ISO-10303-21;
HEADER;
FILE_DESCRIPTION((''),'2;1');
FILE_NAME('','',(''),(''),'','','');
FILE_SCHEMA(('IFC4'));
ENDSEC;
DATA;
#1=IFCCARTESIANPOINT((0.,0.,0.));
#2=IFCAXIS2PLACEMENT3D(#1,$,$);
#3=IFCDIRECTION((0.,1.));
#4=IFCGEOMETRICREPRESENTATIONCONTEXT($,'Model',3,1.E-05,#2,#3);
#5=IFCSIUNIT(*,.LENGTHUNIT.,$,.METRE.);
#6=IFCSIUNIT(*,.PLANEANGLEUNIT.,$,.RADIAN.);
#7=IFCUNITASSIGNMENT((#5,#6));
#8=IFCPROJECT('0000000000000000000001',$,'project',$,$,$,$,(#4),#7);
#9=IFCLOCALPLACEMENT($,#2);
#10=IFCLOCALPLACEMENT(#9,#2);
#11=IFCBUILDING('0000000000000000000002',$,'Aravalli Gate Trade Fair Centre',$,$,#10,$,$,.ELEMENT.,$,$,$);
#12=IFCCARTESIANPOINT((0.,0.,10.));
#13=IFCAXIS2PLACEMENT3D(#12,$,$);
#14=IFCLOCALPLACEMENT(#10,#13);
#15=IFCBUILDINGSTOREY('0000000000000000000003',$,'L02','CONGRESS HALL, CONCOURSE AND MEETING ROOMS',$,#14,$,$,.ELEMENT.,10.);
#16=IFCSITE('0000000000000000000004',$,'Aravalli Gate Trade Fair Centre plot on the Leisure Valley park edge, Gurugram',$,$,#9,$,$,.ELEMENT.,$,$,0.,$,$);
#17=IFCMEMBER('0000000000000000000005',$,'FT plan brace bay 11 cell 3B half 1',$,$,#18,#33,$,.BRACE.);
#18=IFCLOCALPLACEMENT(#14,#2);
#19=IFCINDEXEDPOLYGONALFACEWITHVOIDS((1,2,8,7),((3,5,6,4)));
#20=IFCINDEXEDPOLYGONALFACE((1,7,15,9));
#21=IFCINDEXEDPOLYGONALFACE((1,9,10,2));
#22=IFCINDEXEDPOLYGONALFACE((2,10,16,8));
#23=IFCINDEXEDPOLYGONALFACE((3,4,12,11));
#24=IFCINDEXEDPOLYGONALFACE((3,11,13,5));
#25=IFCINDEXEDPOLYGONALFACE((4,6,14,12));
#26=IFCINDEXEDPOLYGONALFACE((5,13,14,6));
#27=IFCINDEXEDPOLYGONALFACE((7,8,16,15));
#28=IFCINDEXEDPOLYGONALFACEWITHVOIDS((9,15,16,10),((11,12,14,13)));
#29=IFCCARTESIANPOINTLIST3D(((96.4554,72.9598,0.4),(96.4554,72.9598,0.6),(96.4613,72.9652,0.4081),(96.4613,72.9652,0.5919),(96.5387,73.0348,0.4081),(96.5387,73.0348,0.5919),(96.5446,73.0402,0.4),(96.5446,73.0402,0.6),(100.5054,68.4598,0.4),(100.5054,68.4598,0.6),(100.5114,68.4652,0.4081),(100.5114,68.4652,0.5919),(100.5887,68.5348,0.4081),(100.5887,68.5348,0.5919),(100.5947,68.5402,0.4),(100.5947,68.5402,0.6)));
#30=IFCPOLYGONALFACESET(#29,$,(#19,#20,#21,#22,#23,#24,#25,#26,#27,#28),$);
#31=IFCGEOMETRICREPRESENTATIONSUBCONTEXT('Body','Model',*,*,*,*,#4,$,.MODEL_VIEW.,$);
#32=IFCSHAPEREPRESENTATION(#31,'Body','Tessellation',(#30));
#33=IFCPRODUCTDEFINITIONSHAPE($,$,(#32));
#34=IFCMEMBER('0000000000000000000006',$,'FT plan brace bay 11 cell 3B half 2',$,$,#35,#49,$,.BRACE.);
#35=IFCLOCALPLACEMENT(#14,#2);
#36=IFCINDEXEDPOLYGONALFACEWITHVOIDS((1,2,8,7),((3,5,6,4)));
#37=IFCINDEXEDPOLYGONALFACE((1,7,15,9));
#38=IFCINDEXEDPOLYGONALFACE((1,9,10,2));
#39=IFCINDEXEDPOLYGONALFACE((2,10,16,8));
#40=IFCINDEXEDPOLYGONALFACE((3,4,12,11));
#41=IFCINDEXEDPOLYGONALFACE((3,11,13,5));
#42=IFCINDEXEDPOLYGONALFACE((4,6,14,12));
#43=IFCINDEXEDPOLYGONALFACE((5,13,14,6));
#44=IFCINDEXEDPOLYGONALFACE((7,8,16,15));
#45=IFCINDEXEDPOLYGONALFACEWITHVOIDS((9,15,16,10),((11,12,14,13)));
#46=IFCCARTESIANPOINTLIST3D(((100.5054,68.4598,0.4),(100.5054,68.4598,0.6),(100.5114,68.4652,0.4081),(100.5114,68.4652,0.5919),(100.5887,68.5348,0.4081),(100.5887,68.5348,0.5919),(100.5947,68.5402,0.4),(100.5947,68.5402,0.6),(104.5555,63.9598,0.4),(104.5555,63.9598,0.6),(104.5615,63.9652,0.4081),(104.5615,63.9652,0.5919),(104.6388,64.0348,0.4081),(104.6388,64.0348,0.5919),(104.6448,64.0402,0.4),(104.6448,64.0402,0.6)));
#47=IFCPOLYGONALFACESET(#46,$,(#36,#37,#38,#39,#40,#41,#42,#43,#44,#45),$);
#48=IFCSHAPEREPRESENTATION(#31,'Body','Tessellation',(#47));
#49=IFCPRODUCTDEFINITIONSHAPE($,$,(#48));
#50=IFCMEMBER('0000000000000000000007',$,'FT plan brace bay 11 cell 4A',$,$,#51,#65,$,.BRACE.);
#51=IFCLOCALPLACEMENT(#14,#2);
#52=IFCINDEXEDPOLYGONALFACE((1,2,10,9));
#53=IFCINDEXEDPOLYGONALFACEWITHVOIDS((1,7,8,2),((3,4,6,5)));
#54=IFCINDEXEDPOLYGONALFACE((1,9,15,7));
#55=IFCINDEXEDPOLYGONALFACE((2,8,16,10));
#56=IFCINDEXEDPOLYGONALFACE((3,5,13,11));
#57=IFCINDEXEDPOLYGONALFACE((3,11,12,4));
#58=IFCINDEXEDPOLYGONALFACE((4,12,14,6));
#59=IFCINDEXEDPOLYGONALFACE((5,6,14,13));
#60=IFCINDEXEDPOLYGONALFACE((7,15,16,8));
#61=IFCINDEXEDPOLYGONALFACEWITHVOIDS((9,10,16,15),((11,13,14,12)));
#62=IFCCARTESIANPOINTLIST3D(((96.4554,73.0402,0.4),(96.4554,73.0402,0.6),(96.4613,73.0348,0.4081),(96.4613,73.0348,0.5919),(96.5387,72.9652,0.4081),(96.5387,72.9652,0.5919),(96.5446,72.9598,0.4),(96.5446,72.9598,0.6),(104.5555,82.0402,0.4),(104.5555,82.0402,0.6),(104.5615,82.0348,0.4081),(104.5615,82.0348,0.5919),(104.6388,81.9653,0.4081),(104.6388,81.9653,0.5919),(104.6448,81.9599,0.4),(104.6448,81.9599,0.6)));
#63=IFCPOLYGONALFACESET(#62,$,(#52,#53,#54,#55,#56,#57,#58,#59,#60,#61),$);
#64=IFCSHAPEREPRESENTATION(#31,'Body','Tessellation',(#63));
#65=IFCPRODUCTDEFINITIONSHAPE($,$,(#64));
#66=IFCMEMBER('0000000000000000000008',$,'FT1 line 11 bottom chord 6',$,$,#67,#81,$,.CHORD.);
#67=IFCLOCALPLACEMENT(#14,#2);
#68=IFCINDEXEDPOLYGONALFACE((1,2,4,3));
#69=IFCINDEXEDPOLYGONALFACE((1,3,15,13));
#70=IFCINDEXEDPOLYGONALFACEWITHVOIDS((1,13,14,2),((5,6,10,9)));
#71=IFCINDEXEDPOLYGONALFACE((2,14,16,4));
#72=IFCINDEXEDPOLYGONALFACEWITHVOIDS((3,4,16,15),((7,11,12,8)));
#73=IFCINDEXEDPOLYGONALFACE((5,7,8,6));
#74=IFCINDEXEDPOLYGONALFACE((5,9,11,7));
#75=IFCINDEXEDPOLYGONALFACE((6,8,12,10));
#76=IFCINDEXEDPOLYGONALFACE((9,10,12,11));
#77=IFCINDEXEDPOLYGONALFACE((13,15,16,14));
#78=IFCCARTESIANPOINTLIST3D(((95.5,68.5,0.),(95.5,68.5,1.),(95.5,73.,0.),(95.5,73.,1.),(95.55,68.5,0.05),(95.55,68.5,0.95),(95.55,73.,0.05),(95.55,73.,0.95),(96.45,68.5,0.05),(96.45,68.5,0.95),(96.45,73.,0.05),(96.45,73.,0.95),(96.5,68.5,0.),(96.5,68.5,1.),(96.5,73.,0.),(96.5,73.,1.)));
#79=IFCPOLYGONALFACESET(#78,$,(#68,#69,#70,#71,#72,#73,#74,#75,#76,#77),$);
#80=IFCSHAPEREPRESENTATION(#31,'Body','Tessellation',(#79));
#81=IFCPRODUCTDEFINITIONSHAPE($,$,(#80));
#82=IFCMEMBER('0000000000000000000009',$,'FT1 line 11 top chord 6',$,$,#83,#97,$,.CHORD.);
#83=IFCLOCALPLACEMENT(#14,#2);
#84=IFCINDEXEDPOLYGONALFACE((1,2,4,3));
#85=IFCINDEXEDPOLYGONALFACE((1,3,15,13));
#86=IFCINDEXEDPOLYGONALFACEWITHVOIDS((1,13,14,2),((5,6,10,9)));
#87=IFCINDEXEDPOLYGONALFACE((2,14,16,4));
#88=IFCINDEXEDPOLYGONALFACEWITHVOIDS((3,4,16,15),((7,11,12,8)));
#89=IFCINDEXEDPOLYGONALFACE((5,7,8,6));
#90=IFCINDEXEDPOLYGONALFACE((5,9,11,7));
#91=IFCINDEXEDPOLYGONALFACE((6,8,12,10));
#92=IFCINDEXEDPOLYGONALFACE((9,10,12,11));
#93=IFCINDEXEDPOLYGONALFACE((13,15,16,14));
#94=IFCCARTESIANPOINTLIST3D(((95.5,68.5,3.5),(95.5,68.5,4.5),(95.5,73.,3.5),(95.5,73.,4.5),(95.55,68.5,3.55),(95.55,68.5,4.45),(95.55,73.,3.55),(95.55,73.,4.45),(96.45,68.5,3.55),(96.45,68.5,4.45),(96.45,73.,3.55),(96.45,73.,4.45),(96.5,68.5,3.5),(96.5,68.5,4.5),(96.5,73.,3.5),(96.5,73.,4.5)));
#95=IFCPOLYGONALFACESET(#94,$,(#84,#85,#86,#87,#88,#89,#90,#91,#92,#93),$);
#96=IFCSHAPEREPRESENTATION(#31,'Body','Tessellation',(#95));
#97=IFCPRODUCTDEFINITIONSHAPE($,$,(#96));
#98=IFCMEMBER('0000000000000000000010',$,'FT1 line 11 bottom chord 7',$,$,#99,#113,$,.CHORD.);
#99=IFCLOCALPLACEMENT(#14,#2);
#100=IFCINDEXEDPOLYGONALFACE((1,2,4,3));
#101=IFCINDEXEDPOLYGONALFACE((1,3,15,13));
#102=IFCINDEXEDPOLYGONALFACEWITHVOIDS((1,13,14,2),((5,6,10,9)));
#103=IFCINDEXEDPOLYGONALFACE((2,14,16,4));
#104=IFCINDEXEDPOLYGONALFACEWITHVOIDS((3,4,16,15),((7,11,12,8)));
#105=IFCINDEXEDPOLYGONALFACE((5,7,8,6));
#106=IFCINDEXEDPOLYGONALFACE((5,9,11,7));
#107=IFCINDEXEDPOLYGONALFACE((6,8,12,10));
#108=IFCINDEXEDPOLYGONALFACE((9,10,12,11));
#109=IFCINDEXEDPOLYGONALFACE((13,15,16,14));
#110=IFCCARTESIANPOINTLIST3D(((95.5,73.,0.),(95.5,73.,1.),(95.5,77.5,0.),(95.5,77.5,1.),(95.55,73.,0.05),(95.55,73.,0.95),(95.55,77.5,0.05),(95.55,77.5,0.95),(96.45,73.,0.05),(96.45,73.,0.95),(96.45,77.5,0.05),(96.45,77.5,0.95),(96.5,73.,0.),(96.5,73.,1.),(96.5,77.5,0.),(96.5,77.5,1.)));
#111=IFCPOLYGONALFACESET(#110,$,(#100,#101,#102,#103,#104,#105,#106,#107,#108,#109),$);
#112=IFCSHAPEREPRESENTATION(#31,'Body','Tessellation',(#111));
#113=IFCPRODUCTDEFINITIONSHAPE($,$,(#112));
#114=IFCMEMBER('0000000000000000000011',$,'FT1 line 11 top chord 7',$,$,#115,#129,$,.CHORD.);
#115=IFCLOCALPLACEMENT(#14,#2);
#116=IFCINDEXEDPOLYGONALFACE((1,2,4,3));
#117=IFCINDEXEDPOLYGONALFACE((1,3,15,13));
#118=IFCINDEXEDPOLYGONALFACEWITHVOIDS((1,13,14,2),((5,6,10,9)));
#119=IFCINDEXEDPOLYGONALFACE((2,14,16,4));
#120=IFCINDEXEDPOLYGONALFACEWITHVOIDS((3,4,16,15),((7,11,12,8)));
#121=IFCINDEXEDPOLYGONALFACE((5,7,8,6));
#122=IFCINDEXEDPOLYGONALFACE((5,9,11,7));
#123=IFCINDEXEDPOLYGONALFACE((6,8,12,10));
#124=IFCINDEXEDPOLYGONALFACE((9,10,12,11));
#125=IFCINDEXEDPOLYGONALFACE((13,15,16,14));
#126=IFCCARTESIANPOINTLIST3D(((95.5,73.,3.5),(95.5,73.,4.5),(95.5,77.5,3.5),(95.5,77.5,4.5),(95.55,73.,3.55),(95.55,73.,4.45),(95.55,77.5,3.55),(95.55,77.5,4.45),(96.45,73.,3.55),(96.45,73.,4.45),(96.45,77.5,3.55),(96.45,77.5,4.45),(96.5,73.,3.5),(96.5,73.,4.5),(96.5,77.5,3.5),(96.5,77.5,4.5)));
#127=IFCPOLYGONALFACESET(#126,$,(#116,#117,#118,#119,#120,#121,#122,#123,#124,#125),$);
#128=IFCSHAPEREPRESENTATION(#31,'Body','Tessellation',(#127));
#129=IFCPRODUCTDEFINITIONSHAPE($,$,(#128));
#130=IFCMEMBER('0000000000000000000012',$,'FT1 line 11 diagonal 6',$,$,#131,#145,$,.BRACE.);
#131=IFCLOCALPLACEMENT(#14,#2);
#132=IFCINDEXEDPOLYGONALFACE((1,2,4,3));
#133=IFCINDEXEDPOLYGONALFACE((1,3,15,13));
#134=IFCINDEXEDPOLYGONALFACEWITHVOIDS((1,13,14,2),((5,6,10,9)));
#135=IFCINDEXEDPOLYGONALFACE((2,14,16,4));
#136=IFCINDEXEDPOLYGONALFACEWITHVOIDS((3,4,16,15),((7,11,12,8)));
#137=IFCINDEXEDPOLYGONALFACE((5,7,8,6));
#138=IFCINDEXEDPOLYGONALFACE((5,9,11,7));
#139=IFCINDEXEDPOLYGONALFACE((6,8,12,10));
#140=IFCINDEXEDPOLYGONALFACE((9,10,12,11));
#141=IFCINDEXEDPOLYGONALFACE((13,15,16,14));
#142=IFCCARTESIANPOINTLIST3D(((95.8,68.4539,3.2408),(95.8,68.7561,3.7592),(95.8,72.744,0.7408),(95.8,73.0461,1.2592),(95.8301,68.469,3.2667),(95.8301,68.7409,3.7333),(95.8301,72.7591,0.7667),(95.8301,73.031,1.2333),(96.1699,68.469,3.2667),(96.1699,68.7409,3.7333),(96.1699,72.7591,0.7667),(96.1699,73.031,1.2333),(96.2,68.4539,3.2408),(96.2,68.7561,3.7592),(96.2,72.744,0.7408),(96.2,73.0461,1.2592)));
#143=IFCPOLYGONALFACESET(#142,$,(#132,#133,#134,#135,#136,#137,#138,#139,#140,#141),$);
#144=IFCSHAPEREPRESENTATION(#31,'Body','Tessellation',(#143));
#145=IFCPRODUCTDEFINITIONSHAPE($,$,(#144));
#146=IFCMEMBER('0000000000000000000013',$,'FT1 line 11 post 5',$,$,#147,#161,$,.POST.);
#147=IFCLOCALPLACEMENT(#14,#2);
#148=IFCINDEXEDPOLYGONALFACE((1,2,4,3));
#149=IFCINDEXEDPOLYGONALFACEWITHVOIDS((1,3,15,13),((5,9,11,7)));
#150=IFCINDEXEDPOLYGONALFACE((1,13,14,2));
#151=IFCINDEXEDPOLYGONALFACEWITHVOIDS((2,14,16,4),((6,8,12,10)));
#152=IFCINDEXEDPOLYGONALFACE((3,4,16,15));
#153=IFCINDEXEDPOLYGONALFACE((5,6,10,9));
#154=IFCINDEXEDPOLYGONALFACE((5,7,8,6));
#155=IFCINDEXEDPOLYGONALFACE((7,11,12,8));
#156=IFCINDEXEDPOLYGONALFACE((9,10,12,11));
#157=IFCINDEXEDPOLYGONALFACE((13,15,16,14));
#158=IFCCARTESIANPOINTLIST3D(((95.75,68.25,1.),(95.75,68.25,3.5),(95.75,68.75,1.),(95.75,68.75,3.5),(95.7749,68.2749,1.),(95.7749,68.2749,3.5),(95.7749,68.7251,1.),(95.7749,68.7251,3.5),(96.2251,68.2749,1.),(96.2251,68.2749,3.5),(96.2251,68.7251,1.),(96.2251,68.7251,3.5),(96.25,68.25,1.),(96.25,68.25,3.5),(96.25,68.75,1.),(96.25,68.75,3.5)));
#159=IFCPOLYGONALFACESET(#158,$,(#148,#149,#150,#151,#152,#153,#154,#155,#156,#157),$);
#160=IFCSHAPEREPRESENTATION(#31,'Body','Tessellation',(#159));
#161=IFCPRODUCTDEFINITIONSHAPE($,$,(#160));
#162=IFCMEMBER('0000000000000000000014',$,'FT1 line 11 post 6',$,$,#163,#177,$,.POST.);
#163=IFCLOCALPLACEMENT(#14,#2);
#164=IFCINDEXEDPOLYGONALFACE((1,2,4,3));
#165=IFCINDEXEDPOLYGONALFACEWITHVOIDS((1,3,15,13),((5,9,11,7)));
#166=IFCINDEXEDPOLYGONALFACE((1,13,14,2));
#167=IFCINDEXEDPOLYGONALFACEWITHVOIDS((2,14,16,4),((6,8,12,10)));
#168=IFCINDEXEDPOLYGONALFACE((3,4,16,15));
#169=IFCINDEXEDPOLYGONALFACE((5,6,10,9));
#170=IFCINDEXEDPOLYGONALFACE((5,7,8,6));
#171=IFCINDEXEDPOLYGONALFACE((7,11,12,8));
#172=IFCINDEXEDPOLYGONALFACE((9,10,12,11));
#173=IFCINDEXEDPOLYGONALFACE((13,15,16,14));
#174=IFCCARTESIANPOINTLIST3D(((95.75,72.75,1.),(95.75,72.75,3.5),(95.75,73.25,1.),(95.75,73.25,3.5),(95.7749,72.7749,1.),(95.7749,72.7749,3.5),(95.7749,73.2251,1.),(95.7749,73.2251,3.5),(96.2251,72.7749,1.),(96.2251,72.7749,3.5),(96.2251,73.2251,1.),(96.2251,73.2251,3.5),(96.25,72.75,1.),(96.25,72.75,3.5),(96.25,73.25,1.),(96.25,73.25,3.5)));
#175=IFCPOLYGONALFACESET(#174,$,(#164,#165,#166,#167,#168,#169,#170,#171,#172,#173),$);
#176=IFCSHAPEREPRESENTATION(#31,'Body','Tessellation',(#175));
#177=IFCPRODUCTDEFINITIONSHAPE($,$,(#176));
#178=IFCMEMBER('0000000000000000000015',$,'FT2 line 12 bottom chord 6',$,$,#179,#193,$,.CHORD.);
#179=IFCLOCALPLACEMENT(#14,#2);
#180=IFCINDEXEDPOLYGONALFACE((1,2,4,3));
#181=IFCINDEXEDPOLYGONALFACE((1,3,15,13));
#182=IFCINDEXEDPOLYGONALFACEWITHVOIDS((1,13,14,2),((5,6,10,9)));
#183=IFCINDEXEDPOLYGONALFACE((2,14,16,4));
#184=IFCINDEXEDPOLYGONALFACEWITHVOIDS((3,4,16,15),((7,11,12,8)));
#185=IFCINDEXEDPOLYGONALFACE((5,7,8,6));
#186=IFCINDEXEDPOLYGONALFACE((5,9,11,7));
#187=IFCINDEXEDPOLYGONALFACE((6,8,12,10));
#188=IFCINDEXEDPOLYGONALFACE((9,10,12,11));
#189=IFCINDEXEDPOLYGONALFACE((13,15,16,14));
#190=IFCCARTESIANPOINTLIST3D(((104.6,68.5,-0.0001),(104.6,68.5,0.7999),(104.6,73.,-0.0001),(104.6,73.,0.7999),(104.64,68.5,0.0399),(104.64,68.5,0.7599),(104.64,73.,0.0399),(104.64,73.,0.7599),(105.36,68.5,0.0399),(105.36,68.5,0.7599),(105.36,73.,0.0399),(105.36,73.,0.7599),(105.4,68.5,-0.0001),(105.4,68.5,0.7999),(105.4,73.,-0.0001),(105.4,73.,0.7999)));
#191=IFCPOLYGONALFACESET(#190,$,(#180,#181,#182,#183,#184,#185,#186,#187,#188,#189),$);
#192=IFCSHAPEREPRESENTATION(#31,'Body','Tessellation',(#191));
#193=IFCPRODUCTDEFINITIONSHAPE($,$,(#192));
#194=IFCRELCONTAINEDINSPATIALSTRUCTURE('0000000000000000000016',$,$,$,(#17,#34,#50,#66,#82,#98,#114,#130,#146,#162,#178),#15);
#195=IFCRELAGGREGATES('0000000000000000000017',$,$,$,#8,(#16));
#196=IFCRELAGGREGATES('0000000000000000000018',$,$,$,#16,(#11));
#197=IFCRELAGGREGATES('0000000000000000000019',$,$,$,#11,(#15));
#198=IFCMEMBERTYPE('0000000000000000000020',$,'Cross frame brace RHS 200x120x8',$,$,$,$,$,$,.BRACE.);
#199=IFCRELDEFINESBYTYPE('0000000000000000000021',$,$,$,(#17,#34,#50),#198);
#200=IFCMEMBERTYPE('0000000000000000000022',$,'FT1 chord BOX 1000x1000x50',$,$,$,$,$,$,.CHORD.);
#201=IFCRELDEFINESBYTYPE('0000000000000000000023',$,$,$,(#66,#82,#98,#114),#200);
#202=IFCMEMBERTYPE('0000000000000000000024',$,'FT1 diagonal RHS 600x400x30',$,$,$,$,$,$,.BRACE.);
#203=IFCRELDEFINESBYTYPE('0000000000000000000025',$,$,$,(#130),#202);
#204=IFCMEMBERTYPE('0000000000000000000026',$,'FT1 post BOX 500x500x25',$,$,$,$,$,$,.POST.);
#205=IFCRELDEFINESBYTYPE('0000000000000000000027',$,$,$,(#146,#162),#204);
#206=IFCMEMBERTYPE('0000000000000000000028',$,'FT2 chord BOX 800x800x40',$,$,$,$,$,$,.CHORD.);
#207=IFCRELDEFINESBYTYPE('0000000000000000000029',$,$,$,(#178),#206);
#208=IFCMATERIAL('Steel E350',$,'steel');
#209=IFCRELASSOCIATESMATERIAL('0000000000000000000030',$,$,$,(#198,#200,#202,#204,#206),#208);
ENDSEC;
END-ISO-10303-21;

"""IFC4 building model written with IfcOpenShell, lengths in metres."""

from ifc_helpers import new_model, si_unit, direction, frame, origin, origin_2d, place, context, subcontext, project, spatial, hollow_rectangle, extrude, material, material_profile, profile_set, type_object, element, save


model = new_model("IFC4")

# Units and contexts
model_context = context("Model", 3, precision=1e-05, world=origin(), true_north=direction((0.0, 1.0)))
body_context = subcontext(model_context, "Body", "Model", "MODEL_VIEW")
ifc_project = project(units=[si_unit("LENGTHUNIT", "METRE"), si_unit("PLANEANGLEUNIT", "RADIAN")], contexts=[model_context])

# Site, building, storey
site_placement = place(None, origin())
site = spatial("IfcSite", under=ifc_project, at=site_placement, Name="Aravalli Gate Trade Fair Centre plot on the Leisure Valley park edge, Gurugram", CompositionType="ELEMENT", RefElevation=0.0)
building_placement = place(site_placement, origin())
building = spatial("IfcBuilding", under=site, at=building_placement, Name="Aravalli Gate Trade Fair Centre", CompositionType="ELEMENT")
storey_placement = place(building_placement, frame((0.0, 0.0, 10.0)))
storey = spatial("IfcBuildingStorey", under=building, at=storey_placement, Name="L02", Description="CONGRESS HALL, CONCOURSE AND MEETING ROOMS", CompositionType="ELEMENT", Elevation=10.0)

# Members
ifc_material_1 = material(Name="Steel E350", Category="steel")
ifc_material_profile_1 = material_profile(ifc_material_1, hollow_rectangle(XDim=0.1201, YDim=0.2, WallThickness=0.0081, at=origin_2d()), Name="RHS 200x120x8")
ifc_profile_set_1 = profile_set([ifc_material_profile_1], Name="Steel E350")
member_type_1 = type_object("IfcMemberType", Name="Cross frame brace RHS 200x120x8", PredefinedType="BRACE", material=ifc_profile_set_1)
for number, where, z_axis, x_axis, name in (
    (1, (96.5, 73.0, 0.5), (0.668969, -0.74329, 0.0), (0.74329, 0.668969, 0.0), "FT plan brace bay 11 cell 3B half 1"),
    (2, (100.55, 68.5, 0.5), (0.668969, -0.74329, 0.0), (0.74329, 0.668969, 0.0), "FT plan brace bay 11 cell 3B half 2"),
):
    element("IfcMember", number, at=place(storey_placement, frame(where, z_axis=z_axis, x_axis=x_axis)), inside=storey, type_object=member_type_1, Name=name, PredefinedType="BRACE", context=body_context, shape_type="SweptSolid", body=[
        extrude(hollow_rectangle(XDim=0.1201, YDim=0.2, WallThickness=0.0081, at=origin_2d()), origin(), (0.0, 0.0, 1.0), 6.0542),
    ])
member_1_placement = place(storey_placement, frame((96.5, 73.0, 0.5), z_axis=(0.668969, 0.74329, 0.0), x_axis=(-0.74329, 0.668969, 0.0)))
element("IfcMember", 3, at=member_1_placement, inside=storey, type_object=member_type_1, Name="FT plan brace bay 11 cell 4A", PredefinedType="BRACE", context=body_context, shape_type="SweptSolid", body=[
    extrude(hollow_rectangle(XDim=0.1201, YDim=0.2, WallThickness=0.0081, at=origin_2d()), origin(), (0.0, 0.0, 1.0), 12.1084),
])
ifc_material_profile_2 = material_profile(ifc_material_1, hollow_rectangle(XDim=1.0, YDim=1.0, WallThickness=0.05, at=origin_2d()), Name="BOX 1000x1000x50")
ifc_profile_set_2 = profile_set([ifc_material_profile_2], Name="Steel E350")
member_type_2 = type_object("IfcMemberType", Name="FT1 chord BOX 1000x1000x50", PredefinedType="CHORD", material=ifc_profile_set_2)
for number, where, z_axis, x_axis, name in (
    (4, (96.0, 68.5, 0.5), (0.0, 1.0, 0.0), (-1.0, 0.0, 0.0), "FT1 line 11 bottom chord 6"),
    (5, (96.0, 68.5, 4.0), (0.0, 1.0, 0.0), (-1.0, 0.0, 0.0), "FT1 line 11 top chord 6"),
    (6, (96.0, 73.0, 0.5), (0.0, 1.0, 0.0), (-1.0, 0.0, 0.0), "FT1 line 11 bottom chord 7"),
    (7, (96.0, 73.0, 4.0), (0.0, 1.0, 0.0), (-1.0, 0.0, 0.0), "FT1 line 11 top chord 7"),
):
    element("IfcMember", number, at=place(storey_placement, frame(where, z_axis=z_axis, x_axis=x_axis)), inside=storey, type_object=member_type_2, Name=name, PredefinedType="CHORD", context=body_context, shape_type="SweptSolid", body=[
        extrude(hollow_rectangle(XDim=1.0, YDim=1.0, WallThickness=0.05, at=origin_2d()), origin(), (0.0, 0.0, 1.0), 4.5),
    ])
ifc_material_profile_3 = material_profile(ifc_material_1, hollow_rectangle(XDim=0.3999, YDim=0.6001, WallThickness=0.03, at=origin_2d()), Name="RHS 600x400x30")
ifc_profile_set_3 = profile_set([ifc_material_profile_3], Name="Steel E350")
member_type_3 = type_object("IfcMemberType", Name="FT1 diagonal RHS 600x400x30", PredefinedType="BRACE", material=ifc_profile_set_3)
member_2_placement = place(storey_placement, frame((96.0, 68.605, 3.5), z_axis=(0.0, 0.864, -0.503492), x_axis=(-1.0, 0.0, 0.0)))
element("IfcMember", 8, at=member_2_placement, inside=storey, type_object=member_type_3, Name="FT1 line 11 diagonal 6", PredefinedType="BRACE", context=body_context, shape_type="SweptSolid", body=[
    extrude(hollow_rectangle(XDim=0.3999, YDim=0.6001, WallThickness=0.03, at=origin_2d()), origin(), (0.0, 0.0, 1.0), 4.9653),
])
ifc_material_profile_4 = material_profile(ifc_material_1, hollow_rectangle(XDim=0.5, YDim=0.5, WallThickness=0.0249, at=origin_2d()), Name="BOX 500x500x25")
ifc_profile_set_4 = profile_set([ifc_material_profile_4], Name="Steel E350")
member_type_4 = type_object("IfcMemberType", Name="FT1 post BOX 500x500x25", PredefinedType="POST", material=ifc_profile_set_4)
for number, where, z_axis, x_axis, name in (
    (9, (96.0, 68.5, 1.0), (0.0, 0.0, 1.0), (1.0, 0.0, 0.0), "FT1 line 11 post 5"),
    (10, (96.0, 73.0, 1.0), (0.0, 0.0, 1.0), (1.0, 0.0, 0.0), "FT1 line 11 post 6"),
):
    element("IfcMember", number, at=place(storey_placement, frame(where, z_axis=z_axis, x_axis=x_axis)), inside=storey, type_object=member_type_4, Name=name, PredefinedType="POST", context=body_context, shape_type="SweptSolid", body=[
        extrude(hollow_rectangle(XDim=0.5, YDim=0.5, WallThickness=0.0249, at=origin_2d()), origin(), (0.0, 0.0, 1.0), 2.5),
    ])
ifc_material_profile_5 = material_profile(ifc_material_1, hollow_rectangle(XDim=0.8, YDim=0.8, WallThickness=0.04, at=origin_2d()), Name="BOX 800x800x40")
ifc_profile_set_5 = profile_set([ifc_material_profile_5], Name="Steel E350")
member_type_5 = type_object("IfcMemberType", Name="FT2 chord BOX 800x800x40", PredefinedType="CHORD", material=ifc_profile_set_5)
for number, where, z_axis, x_axis, name in (
    (11, (105.0, 68.5, 0.3999), (0.0, 1.0, 0.0), (-1.0, 0.0, 0.0), "FT2 line 12 bottom chord 6"),
):
    element("IfcMember", number, at=place(storey_placement, frame(where, z_axis=z_axis, x_axis=x_axis)), inside=storey, type_object=member_type_5, Name=name, PredefinedType="CHORD", context=body_context, shape_type="SweptSolid", body=[
        extrude(hollow_rectangle(XDim=0.8, YDim=0.8, WallThickness=0.04, at=origin_2d()), origin(), (0.0, 0.0, 1.0), 4.5),
    ])

save(model, "model.ifc")
